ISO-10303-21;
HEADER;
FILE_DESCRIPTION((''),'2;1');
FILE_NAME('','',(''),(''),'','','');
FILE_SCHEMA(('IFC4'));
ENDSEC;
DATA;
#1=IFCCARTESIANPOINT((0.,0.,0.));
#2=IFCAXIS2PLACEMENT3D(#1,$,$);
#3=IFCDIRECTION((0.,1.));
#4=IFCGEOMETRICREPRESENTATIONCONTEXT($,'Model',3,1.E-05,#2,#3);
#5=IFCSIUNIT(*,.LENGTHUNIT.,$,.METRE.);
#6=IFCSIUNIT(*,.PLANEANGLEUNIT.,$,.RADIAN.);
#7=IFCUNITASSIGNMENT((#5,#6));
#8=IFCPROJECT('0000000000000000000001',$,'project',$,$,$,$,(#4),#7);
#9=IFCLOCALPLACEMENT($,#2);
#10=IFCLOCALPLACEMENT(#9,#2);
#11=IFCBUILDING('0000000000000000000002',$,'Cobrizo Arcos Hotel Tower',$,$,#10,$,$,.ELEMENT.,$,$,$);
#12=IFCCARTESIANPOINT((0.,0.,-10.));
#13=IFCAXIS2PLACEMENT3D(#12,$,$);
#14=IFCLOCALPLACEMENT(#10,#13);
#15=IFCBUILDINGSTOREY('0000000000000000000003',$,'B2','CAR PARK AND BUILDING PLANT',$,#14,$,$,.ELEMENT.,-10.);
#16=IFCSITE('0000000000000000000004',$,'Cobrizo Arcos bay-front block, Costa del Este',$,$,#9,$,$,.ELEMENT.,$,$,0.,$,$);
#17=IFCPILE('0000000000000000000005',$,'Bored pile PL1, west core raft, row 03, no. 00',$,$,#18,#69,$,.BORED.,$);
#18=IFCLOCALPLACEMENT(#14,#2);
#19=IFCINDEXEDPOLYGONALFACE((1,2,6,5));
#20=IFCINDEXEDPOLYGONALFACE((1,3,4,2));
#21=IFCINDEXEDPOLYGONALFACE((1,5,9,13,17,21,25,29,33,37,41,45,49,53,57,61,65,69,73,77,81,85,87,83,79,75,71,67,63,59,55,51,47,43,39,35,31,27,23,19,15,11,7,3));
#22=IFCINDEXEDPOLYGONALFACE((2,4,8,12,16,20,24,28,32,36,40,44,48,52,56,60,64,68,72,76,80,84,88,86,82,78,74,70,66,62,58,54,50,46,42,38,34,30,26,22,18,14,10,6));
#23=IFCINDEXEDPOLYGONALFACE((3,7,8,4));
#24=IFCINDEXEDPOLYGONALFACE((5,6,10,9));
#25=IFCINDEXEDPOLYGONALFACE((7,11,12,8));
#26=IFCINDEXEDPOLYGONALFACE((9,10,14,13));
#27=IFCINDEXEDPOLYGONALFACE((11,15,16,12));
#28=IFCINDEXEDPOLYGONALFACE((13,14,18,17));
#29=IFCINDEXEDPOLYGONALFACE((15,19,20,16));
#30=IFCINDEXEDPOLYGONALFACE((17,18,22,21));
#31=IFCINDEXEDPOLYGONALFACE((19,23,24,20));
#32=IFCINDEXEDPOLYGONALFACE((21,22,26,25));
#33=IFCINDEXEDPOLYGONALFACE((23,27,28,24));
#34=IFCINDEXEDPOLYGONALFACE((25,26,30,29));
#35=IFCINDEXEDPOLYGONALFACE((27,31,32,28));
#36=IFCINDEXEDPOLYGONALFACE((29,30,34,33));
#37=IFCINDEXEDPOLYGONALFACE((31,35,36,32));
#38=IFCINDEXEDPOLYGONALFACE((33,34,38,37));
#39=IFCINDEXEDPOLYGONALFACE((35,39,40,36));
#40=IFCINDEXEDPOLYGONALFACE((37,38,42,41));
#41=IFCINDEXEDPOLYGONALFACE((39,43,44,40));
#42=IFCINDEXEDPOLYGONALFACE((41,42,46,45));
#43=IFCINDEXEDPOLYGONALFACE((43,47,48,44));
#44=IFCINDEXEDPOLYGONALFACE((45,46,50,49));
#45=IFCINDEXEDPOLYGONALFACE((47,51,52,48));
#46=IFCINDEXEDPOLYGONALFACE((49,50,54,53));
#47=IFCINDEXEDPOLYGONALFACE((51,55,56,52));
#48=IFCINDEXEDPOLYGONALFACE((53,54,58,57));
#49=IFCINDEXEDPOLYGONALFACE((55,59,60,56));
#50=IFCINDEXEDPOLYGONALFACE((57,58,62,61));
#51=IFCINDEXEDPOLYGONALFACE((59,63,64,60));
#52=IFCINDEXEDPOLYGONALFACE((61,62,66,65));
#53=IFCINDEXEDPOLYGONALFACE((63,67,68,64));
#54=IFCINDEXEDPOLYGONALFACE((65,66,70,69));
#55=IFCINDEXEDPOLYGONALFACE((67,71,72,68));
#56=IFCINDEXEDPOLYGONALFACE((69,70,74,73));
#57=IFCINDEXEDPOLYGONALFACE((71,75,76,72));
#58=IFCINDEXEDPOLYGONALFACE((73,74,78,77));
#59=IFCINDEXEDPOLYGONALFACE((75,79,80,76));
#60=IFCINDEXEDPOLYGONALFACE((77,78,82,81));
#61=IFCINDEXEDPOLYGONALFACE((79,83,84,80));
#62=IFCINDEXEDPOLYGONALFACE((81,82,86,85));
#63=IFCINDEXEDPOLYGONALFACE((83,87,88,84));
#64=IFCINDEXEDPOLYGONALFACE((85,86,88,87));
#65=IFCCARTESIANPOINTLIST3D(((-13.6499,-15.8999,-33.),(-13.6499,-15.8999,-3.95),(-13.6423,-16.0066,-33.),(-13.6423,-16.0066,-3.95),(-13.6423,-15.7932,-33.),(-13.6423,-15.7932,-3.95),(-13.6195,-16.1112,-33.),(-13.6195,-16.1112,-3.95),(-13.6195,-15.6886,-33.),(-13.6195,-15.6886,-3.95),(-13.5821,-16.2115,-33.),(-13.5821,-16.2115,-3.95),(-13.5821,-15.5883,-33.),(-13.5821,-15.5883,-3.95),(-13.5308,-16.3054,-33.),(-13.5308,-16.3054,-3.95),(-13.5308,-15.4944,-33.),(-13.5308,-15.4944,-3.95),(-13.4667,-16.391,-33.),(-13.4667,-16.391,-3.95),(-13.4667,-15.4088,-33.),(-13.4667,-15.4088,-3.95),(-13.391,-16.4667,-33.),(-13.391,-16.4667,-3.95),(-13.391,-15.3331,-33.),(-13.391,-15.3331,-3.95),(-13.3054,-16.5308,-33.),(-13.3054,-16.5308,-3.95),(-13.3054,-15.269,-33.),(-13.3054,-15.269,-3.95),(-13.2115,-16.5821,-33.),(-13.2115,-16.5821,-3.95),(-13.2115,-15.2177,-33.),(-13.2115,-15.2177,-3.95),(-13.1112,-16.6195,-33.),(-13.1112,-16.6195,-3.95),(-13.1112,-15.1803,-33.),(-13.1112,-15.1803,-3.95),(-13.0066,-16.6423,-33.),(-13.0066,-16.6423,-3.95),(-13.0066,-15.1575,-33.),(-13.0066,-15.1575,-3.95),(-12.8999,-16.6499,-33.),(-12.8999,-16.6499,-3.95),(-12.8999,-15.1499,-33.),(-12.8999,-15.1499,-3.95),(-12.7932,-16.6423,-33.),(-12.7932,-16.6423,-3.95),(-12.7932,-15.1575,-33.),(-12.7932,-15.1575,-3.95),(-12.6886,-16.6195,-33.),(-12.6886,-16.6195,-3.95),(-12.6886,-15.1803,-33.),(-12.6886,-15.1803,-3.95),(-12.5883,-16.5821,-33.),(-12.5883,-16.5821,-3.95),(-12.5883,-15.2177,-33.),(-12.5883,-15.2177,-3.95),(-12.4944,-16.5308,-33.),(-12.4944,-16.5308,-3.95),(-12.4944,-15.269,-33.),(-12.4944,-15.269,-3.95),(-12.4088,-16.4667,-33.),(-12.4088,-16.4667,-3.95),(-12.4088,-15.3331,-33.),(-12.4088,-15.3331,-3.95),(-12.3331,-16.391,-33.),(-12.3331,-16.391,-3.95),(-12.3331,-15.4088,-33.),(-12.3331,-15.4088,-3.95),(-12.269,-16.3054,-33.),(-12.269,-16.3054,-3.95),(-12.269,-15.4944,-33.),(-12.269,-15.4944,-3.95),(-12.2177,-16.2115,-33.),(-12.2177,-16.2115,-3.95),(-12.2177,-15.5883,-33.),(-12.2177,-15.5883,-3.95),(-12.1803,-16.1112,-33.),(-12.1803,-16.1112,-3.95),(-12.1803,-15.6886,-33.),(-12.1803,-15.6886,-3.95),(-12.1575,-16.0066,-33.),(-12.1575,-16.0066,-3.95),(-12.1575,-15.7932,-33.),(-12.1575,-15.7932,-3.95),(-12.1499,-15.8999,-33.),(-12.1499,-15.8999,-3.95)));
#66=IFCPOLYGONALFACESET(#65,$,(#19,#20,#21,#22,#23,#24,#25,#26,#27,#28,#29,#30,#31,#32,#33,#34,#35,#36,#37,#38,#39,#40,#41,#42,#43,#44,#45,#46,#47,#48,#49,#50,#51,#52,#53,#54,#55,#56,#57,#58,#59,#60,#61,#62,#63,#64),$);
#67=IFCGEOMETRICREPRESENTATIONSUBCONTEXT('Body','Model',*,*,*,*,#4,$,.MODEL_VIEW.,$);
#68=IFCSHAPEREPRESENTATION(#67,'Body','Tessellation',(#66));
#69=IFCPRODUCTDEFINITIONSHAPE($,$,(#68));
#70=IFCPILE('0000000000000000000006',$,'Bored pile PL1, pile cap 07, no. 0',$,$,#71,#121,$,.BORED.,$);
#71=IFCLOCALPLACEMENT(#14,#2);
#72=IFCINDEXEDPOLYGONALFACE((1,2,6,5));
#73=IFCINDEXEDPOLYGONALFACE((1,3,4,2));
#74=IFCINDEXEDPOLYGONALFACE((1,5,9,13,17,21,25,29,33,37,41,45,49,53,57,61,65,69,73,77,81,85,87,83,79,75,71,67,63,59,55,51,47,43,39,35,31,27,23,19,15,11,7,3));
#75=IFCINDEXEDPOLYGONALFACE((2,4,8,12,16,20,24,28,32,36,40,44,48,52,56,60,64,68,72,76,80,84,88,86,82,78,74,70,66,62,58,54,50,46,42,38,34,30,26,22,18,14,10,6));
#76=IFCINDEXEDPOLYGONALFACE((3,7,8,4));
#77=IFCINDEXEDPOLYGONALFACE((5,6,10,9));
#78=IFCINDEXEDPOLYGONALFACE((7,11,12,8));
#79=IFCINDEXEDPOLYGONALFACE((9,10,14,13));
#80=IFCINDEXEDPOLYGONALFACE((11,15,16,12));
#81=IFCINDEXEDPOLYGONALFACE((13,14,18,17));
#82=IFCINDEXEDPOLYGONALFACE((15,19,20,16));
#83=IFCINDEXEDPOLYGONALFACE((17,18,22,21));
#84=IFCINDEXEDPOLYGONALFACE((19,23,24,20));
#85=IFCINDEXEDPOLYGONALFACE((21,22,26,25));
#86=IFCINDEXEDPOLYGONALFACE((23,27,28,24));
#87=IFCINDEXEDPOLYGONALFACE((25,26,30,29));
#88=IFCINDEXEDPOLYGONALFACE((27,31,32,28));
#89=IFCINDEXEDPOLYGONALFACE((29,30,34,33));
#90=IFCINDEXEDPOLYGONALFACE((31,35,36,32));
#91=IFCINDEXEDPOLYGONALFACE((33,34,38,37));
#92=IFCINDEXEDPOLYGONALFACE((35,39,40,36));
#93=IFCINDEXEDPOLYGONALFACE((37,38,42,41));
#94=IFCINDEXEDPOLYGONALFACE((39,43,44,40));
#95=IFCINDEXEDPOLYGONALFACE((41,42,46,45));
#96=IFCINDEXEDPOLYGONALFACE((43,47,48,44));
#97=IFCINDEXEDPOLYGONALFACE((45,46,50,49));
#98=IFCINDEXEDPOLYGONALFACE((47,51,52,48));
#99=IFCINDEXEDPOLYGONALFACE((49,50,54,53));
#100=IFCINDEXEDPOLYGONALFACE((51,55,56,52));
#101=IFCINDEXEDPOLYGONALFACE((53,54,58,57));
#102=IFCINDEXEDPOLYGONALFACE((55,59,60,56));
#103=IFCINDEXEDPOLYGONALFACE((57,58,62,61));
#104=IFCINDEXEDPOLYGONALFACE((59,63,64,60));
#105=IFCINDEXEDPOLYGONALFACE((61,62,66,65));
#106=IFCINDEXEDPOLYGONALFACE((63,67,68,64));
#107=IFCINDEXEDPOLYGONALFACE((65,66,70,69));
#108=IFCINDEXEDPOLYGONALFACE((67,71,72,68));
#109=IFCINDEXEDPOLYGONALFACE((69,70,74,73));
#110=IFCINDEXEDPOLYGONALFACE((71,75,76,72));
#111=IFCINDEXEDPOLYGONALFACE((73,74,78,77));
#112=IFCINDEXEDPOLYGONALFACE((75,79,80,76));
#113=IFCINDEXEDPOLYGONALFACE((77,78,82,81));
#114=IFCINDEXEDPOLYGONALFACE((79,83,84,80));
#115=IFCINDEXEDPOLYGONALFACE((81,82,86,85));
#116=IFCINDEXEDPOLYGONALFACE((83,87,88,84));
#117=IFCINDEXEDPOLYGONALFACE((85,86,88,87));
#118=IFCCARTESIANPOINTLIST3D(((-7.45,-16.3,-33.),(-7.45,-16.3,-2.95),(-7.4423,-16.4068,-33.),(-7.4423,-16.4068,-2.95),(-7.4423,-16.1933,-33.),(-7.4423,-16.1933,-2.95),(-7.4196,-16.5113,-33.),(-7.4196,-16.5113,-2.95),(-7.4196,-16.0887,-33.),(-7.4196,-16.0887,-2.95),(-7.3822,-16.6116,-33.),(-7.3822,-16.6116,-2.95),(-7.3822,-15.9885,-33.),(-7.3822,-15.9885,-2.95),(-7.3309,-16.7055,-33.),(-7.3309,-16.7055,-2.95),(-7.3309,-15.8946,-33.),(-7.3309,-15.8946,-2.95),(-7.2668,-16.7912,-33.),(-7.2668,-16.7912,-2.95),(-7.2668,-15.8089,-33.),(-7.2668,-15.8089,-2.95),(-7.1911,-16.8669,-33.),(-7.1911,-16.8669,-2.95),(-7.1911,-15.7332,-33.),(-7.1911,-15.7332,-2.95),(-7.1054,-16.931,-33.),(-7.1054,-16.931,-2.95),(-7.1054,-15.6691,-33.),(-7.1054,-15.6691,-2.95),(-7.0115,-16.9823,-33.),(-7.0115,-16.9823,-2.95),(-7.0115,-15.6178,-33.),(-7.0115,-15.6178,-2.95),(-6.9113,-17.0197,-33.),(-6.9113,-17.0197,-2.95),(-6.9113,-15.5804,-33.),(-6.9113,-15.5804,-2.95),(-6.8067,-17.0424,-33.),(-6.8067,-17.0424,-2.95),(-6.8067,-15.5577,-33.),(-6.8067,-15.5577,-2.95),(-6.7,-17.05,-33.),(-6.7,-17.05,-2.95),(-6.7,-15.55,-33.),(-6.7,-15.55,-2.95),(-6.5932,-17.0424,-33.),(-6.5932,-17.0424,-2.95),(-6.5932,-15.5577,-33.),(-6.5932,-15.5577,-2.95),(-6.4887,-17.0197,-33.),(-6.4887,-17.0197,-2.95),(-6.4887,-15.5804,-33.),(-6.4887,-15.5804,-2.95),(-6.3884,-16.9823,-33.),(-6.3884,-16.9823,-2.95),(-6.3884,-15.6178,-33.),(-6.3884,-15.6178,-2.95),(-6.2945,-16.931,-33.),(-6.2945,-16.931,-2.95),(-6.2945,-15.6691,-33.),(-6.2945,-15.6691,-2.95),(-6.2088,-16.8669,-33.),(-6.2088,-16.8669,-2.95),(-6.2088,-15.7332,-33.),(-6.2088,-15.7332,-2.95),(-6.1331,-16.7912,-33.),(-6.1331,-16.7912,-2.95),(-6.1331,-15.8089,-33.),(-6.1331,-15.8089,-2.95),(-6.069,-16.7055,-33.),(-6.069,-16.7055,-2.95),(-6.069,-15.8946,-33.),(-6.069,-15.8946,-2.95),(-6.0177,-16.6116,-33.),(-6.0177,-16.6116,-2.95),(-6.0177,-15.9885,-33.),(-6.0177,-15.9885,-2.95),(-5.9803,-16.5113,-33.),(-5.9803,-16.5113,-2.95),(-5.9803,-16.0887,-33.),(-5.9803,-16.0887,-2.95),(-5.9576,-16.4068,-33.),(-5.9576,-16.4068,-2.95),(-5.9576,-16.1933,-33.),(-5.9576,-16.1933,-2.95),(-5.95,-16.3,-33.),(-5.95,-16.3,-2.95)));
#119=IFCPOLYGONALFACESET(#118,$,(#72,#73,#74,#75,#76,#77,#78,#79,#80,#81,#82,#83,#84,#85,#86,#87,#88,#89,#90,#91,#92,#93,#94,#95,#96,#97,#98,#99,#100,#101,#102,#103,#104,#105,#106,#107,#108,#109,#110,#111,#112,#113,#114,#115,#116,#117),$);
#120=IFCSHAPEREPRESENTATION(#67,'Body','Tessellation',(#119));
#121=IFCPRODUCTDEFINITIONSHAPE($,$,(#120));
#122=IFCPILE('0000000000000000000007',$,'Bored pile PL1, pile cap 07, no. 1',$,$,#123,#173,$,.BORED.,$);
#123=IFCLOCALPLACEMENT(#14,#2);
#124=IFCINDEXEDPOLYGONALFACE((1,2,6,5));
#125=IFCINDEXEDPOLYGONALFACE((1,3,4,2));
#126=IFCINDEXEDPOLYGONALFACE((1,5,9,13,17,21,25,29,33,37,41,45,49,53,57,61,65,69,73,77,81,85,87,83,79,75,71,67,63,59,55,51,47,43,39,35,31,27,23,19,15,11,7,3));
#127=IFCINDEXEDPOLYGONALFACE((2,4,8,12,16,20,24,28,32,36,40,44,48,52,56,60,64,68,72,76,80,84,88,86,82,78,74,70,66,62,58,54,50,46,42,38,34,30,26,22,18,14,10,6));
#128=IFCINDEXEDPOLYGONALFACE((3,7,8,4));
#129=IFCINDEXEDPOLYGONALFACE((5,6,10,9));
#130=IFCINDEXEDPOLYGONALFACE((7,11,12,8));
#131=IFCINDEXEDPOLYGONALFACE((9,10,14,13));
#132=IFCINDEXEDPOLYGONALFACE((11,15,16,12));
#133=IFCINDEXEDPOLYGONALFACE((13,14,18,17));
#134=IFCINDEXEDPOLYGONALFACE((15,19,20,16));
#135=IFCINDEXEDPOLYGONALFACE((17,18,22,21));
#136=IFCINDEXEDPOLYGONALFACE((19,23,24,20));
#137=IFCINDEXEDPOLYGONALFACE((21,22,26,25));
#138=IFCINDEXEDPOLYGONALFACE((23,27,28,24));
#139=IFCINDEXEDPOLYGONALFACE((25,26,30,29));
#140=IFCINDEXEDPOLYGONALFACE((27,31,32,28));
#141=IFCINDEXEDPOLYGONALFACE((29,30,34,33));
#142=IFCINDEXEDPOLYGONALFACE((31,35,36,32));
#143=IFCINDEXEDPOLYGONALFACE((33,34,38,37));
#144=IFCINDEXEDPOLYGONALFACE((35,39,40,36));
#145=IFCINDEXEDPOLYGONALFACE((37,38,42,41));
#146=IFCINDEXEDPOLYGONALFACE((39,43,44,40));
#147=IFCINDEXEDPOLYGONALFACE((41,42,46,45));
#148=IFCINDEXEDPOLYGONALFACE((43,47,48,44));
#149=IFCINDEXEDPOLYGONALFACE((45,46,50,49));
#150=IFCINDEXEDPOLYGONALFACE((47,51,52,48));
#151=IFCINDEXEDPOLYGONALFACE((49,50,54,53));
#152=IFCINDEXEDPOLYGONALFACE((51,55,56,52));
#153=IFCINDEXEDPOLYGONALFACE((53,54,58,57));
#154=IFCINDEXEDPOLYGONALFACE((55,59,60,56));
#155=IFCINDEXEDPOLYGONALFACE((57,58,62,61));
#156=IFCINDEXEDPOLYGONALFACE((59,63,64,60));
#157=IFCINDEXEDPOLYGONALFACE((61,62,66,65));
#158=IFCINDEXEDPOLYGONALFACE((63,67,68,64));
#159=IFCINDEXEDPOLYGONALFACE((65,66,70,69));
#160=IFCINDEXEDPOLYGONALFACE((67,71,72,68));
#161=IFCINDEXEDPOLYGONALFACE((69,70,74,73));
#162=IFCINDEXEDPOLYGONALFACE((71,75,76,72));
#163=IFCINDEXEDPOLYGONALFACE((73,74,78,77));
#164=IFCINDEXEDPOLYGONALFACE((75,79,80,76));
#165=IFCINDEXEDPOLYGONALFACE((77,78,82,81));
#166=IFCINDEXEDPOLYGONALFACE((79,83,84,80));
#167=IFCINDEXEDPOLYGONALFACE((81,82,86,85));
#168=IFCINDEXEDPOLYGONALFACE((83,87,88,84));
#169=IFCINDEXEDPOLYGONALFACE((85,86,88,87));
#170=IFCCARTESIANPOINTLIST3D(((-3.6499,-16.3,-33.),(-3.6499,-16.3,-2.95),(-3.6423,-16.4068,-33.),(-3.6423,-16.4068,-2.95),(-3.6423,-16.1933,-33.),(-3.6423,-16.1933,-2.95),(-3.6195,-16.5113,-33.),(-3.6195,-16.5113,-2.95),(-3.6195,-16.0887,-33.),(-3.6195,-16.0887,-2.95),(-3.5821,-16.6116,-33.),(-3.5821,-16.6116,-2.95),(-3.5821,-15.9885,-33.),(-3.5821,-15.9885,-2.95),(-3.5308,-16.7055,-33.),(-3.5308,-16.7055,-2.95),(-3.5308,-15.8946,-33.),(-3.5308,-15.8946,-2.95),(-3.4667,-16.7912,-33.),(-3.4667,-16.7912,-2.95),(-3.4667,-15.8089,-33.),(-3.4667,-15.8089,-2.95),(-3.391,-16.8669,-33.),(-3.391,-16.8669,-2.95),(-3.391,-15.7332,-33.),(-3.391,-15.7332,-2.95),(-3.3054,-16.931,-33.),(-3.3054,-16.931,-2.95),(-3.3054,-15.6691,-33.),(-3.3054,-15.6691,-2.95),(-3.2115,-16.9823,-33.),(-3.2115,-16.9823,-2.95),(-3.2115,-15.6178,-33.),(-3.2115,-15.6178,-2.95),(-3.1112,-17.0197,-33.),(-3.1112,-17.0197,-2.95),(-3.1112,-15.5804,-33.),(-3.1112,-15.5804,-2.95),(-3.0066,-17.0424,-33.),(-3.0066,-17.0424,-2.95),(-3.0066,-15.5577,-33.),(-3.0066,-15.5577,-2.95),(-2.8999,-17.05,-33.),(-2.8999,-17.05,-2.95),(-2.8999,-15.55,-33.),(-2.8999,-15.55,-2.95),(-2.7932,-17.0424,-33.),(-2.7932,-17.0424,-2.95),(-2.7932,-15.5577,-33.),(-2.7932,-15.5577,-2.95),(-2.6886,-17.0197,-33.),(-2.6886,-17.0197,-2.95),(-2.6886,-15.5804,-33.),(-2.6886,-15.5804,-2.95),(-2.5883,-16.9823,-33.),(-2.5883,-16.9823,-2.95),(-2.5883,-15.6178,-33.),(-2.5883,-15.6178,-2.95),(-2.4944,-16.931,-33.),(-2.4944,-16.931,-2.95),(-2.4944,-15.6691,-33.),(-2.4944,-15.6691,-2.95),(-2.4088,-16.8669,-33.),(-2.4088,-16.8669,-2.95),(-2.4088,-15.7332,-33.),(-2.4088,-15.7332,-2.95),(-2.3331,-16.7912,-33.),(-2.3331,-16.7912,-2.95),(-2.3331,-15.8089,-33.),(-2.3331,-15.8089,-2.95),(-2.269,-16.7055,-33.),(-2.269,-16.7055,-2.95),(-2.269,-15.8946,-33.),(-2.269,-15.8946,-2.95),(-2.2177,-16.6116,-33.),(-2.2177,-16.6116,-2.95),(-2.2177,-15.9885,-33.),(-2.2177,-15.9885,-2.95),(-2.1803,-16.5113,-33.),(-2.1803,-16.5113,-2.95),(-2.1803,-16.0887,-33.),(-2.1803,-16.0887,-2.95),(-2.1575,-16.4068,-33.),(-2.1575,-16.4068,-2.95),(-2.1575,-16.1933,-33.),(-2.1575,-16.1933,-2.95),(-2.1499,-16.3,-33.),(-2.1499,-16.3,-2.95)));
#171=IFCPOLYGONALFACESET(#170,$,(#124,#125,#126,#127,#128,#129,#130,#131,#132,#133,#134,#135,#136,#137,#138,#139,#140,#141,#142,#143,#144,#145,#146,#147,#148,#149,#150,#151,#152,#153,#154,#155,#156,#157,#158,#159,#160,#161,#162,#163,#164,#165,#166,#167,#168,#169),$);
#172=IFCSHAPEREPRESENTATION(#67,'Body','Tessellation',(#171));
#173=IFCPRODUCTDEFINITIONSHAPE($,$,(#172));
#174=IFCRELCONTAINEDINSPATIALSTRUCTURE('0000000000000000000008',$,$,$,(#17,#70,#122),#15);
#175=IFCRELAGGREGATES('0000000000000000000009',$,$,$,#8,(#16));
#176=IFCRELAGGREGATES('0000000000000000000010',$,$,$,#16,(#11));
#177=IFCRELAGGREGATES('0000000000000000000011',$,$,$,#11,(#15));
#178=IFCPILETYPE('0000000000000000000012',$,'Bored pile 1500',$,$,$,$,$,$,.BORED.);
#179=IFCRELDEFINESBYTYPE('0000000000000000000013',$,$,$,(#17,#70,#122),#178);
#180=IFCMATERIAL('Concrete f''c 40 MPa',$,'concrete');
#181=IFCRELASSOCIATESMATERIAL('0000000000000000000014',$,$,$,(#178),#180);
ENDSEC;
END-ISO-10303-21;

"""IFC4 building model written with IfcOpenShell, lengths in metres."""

from ifc_helpers import new_model, si_unit, direction, frame, origin, origin_2d, place, context, subcontext, project, spatial, circle, extrude, material, material_profile, profile_set, type_object, element, save


model = new_model("IFC4")

# Units and contexts
model_context = context("Model", 3, precision=1e-05, world=origin(), true_north=direction((0.0, 1.0)))
body_context = subcontext(model_context, "Body", "Model", "MODEL_VIEW")
ifc_project = project(units=[si_unit("LENGTHUNIT", "METRE"), si_unit("PLANEANGLEUNIT", "RADIAN")], contexts=[model_context])

# Site, building, storey
site_placement = place(None, origin())
site = spatial("IfcSite", under=ifc_project, at=site_placement, Name="Cobrizo Arcos bay-front block, Costa del Este", CompositionType="ELEMENT", RefElevation=0.0)
building_placement = place(site_placement, origin())
building = spatial("IfcBuilding", under=site, at=building_placement, Name="Cobrizo Arcos Hotel Tower", CompositionType="ELEMENT")
storey_placement = place(building_placement, frame((0.0, 0.0, -10.0)))
storey = spatial("IfcBuildingStorey", under=building, at=storey_placement, Name="B2", Description="CAR PARK AND BUILDING PLANT", CompositionType="ELEMENT", Elevation=-10.0)

# Piles
ifc_material_1 = material(Name="Concrete f'c 40 MPa", Category="concrete")
ifc_material_profile_1 = material_profile(ifc_material_1, circle(Radius=0.75, at=origin_2d()), Name="BORED PILE 1500")
ifc_profile_set_1 = profile_set([ifc_material_profile_1], Name="Concrete f'c 40 MPa")
pile_type = type_object("IfcPileType", Name="Bored pile 1500", PredefinedType="BORED", material=ifc_profile_set_1)
for number, where, z_axis, x_axis, name in (
    (1, (-12.8999, -15.8999, -3.95), (0.0, 0.0, -1.0), (1.0, 0.0, 0.0), "Bored pile PL1, west core raft, row 03, no. 00"),
):
    element("IfcPile", number, at=place(storey_placement, frame(where, z_axis=z_axis, x_axis=x_axis)), inside=storey, type_object=pile_type, Name=name, PredefinedType="BORED", context=body_context, shape_type="SweptSolid", body=[
        extrude(circle(Radius=0.75, at=origin_2d()), origin(), (0.0, 0.0, 1.0), 29.05),
    ])
for number, where, z_axis, x_axis, name in (
    (2, (-6.7, -16.3, -2.95), (0.0, 0.0, -1.0), (1.0, 0.0, 0.0), "Bored pile PL1, pile cap 07, no. 0"),
    (3, (-2.8999, -16.3, -2.95), (0.0, 0.0, -1.0), (1.0, 0.0, 0.0), "Bored pile PL1, pile cap 07, no. 1"),
):
    element("IfcPile", number, at=place(storey_placement, frame(where, z_axis=z_axis, x_axis=x_axis)), inside=storey, type_object=pile_type, Name=name, PredefinedType="BORED", context=body_context, shape_type="SweptSolid", body=[
        extrude(circle(Radius=0.75, at=origin_2d()), origin(), (0.0, 0.0, 1.0), 30.05),
    ])

save(model, "model.ifc")
